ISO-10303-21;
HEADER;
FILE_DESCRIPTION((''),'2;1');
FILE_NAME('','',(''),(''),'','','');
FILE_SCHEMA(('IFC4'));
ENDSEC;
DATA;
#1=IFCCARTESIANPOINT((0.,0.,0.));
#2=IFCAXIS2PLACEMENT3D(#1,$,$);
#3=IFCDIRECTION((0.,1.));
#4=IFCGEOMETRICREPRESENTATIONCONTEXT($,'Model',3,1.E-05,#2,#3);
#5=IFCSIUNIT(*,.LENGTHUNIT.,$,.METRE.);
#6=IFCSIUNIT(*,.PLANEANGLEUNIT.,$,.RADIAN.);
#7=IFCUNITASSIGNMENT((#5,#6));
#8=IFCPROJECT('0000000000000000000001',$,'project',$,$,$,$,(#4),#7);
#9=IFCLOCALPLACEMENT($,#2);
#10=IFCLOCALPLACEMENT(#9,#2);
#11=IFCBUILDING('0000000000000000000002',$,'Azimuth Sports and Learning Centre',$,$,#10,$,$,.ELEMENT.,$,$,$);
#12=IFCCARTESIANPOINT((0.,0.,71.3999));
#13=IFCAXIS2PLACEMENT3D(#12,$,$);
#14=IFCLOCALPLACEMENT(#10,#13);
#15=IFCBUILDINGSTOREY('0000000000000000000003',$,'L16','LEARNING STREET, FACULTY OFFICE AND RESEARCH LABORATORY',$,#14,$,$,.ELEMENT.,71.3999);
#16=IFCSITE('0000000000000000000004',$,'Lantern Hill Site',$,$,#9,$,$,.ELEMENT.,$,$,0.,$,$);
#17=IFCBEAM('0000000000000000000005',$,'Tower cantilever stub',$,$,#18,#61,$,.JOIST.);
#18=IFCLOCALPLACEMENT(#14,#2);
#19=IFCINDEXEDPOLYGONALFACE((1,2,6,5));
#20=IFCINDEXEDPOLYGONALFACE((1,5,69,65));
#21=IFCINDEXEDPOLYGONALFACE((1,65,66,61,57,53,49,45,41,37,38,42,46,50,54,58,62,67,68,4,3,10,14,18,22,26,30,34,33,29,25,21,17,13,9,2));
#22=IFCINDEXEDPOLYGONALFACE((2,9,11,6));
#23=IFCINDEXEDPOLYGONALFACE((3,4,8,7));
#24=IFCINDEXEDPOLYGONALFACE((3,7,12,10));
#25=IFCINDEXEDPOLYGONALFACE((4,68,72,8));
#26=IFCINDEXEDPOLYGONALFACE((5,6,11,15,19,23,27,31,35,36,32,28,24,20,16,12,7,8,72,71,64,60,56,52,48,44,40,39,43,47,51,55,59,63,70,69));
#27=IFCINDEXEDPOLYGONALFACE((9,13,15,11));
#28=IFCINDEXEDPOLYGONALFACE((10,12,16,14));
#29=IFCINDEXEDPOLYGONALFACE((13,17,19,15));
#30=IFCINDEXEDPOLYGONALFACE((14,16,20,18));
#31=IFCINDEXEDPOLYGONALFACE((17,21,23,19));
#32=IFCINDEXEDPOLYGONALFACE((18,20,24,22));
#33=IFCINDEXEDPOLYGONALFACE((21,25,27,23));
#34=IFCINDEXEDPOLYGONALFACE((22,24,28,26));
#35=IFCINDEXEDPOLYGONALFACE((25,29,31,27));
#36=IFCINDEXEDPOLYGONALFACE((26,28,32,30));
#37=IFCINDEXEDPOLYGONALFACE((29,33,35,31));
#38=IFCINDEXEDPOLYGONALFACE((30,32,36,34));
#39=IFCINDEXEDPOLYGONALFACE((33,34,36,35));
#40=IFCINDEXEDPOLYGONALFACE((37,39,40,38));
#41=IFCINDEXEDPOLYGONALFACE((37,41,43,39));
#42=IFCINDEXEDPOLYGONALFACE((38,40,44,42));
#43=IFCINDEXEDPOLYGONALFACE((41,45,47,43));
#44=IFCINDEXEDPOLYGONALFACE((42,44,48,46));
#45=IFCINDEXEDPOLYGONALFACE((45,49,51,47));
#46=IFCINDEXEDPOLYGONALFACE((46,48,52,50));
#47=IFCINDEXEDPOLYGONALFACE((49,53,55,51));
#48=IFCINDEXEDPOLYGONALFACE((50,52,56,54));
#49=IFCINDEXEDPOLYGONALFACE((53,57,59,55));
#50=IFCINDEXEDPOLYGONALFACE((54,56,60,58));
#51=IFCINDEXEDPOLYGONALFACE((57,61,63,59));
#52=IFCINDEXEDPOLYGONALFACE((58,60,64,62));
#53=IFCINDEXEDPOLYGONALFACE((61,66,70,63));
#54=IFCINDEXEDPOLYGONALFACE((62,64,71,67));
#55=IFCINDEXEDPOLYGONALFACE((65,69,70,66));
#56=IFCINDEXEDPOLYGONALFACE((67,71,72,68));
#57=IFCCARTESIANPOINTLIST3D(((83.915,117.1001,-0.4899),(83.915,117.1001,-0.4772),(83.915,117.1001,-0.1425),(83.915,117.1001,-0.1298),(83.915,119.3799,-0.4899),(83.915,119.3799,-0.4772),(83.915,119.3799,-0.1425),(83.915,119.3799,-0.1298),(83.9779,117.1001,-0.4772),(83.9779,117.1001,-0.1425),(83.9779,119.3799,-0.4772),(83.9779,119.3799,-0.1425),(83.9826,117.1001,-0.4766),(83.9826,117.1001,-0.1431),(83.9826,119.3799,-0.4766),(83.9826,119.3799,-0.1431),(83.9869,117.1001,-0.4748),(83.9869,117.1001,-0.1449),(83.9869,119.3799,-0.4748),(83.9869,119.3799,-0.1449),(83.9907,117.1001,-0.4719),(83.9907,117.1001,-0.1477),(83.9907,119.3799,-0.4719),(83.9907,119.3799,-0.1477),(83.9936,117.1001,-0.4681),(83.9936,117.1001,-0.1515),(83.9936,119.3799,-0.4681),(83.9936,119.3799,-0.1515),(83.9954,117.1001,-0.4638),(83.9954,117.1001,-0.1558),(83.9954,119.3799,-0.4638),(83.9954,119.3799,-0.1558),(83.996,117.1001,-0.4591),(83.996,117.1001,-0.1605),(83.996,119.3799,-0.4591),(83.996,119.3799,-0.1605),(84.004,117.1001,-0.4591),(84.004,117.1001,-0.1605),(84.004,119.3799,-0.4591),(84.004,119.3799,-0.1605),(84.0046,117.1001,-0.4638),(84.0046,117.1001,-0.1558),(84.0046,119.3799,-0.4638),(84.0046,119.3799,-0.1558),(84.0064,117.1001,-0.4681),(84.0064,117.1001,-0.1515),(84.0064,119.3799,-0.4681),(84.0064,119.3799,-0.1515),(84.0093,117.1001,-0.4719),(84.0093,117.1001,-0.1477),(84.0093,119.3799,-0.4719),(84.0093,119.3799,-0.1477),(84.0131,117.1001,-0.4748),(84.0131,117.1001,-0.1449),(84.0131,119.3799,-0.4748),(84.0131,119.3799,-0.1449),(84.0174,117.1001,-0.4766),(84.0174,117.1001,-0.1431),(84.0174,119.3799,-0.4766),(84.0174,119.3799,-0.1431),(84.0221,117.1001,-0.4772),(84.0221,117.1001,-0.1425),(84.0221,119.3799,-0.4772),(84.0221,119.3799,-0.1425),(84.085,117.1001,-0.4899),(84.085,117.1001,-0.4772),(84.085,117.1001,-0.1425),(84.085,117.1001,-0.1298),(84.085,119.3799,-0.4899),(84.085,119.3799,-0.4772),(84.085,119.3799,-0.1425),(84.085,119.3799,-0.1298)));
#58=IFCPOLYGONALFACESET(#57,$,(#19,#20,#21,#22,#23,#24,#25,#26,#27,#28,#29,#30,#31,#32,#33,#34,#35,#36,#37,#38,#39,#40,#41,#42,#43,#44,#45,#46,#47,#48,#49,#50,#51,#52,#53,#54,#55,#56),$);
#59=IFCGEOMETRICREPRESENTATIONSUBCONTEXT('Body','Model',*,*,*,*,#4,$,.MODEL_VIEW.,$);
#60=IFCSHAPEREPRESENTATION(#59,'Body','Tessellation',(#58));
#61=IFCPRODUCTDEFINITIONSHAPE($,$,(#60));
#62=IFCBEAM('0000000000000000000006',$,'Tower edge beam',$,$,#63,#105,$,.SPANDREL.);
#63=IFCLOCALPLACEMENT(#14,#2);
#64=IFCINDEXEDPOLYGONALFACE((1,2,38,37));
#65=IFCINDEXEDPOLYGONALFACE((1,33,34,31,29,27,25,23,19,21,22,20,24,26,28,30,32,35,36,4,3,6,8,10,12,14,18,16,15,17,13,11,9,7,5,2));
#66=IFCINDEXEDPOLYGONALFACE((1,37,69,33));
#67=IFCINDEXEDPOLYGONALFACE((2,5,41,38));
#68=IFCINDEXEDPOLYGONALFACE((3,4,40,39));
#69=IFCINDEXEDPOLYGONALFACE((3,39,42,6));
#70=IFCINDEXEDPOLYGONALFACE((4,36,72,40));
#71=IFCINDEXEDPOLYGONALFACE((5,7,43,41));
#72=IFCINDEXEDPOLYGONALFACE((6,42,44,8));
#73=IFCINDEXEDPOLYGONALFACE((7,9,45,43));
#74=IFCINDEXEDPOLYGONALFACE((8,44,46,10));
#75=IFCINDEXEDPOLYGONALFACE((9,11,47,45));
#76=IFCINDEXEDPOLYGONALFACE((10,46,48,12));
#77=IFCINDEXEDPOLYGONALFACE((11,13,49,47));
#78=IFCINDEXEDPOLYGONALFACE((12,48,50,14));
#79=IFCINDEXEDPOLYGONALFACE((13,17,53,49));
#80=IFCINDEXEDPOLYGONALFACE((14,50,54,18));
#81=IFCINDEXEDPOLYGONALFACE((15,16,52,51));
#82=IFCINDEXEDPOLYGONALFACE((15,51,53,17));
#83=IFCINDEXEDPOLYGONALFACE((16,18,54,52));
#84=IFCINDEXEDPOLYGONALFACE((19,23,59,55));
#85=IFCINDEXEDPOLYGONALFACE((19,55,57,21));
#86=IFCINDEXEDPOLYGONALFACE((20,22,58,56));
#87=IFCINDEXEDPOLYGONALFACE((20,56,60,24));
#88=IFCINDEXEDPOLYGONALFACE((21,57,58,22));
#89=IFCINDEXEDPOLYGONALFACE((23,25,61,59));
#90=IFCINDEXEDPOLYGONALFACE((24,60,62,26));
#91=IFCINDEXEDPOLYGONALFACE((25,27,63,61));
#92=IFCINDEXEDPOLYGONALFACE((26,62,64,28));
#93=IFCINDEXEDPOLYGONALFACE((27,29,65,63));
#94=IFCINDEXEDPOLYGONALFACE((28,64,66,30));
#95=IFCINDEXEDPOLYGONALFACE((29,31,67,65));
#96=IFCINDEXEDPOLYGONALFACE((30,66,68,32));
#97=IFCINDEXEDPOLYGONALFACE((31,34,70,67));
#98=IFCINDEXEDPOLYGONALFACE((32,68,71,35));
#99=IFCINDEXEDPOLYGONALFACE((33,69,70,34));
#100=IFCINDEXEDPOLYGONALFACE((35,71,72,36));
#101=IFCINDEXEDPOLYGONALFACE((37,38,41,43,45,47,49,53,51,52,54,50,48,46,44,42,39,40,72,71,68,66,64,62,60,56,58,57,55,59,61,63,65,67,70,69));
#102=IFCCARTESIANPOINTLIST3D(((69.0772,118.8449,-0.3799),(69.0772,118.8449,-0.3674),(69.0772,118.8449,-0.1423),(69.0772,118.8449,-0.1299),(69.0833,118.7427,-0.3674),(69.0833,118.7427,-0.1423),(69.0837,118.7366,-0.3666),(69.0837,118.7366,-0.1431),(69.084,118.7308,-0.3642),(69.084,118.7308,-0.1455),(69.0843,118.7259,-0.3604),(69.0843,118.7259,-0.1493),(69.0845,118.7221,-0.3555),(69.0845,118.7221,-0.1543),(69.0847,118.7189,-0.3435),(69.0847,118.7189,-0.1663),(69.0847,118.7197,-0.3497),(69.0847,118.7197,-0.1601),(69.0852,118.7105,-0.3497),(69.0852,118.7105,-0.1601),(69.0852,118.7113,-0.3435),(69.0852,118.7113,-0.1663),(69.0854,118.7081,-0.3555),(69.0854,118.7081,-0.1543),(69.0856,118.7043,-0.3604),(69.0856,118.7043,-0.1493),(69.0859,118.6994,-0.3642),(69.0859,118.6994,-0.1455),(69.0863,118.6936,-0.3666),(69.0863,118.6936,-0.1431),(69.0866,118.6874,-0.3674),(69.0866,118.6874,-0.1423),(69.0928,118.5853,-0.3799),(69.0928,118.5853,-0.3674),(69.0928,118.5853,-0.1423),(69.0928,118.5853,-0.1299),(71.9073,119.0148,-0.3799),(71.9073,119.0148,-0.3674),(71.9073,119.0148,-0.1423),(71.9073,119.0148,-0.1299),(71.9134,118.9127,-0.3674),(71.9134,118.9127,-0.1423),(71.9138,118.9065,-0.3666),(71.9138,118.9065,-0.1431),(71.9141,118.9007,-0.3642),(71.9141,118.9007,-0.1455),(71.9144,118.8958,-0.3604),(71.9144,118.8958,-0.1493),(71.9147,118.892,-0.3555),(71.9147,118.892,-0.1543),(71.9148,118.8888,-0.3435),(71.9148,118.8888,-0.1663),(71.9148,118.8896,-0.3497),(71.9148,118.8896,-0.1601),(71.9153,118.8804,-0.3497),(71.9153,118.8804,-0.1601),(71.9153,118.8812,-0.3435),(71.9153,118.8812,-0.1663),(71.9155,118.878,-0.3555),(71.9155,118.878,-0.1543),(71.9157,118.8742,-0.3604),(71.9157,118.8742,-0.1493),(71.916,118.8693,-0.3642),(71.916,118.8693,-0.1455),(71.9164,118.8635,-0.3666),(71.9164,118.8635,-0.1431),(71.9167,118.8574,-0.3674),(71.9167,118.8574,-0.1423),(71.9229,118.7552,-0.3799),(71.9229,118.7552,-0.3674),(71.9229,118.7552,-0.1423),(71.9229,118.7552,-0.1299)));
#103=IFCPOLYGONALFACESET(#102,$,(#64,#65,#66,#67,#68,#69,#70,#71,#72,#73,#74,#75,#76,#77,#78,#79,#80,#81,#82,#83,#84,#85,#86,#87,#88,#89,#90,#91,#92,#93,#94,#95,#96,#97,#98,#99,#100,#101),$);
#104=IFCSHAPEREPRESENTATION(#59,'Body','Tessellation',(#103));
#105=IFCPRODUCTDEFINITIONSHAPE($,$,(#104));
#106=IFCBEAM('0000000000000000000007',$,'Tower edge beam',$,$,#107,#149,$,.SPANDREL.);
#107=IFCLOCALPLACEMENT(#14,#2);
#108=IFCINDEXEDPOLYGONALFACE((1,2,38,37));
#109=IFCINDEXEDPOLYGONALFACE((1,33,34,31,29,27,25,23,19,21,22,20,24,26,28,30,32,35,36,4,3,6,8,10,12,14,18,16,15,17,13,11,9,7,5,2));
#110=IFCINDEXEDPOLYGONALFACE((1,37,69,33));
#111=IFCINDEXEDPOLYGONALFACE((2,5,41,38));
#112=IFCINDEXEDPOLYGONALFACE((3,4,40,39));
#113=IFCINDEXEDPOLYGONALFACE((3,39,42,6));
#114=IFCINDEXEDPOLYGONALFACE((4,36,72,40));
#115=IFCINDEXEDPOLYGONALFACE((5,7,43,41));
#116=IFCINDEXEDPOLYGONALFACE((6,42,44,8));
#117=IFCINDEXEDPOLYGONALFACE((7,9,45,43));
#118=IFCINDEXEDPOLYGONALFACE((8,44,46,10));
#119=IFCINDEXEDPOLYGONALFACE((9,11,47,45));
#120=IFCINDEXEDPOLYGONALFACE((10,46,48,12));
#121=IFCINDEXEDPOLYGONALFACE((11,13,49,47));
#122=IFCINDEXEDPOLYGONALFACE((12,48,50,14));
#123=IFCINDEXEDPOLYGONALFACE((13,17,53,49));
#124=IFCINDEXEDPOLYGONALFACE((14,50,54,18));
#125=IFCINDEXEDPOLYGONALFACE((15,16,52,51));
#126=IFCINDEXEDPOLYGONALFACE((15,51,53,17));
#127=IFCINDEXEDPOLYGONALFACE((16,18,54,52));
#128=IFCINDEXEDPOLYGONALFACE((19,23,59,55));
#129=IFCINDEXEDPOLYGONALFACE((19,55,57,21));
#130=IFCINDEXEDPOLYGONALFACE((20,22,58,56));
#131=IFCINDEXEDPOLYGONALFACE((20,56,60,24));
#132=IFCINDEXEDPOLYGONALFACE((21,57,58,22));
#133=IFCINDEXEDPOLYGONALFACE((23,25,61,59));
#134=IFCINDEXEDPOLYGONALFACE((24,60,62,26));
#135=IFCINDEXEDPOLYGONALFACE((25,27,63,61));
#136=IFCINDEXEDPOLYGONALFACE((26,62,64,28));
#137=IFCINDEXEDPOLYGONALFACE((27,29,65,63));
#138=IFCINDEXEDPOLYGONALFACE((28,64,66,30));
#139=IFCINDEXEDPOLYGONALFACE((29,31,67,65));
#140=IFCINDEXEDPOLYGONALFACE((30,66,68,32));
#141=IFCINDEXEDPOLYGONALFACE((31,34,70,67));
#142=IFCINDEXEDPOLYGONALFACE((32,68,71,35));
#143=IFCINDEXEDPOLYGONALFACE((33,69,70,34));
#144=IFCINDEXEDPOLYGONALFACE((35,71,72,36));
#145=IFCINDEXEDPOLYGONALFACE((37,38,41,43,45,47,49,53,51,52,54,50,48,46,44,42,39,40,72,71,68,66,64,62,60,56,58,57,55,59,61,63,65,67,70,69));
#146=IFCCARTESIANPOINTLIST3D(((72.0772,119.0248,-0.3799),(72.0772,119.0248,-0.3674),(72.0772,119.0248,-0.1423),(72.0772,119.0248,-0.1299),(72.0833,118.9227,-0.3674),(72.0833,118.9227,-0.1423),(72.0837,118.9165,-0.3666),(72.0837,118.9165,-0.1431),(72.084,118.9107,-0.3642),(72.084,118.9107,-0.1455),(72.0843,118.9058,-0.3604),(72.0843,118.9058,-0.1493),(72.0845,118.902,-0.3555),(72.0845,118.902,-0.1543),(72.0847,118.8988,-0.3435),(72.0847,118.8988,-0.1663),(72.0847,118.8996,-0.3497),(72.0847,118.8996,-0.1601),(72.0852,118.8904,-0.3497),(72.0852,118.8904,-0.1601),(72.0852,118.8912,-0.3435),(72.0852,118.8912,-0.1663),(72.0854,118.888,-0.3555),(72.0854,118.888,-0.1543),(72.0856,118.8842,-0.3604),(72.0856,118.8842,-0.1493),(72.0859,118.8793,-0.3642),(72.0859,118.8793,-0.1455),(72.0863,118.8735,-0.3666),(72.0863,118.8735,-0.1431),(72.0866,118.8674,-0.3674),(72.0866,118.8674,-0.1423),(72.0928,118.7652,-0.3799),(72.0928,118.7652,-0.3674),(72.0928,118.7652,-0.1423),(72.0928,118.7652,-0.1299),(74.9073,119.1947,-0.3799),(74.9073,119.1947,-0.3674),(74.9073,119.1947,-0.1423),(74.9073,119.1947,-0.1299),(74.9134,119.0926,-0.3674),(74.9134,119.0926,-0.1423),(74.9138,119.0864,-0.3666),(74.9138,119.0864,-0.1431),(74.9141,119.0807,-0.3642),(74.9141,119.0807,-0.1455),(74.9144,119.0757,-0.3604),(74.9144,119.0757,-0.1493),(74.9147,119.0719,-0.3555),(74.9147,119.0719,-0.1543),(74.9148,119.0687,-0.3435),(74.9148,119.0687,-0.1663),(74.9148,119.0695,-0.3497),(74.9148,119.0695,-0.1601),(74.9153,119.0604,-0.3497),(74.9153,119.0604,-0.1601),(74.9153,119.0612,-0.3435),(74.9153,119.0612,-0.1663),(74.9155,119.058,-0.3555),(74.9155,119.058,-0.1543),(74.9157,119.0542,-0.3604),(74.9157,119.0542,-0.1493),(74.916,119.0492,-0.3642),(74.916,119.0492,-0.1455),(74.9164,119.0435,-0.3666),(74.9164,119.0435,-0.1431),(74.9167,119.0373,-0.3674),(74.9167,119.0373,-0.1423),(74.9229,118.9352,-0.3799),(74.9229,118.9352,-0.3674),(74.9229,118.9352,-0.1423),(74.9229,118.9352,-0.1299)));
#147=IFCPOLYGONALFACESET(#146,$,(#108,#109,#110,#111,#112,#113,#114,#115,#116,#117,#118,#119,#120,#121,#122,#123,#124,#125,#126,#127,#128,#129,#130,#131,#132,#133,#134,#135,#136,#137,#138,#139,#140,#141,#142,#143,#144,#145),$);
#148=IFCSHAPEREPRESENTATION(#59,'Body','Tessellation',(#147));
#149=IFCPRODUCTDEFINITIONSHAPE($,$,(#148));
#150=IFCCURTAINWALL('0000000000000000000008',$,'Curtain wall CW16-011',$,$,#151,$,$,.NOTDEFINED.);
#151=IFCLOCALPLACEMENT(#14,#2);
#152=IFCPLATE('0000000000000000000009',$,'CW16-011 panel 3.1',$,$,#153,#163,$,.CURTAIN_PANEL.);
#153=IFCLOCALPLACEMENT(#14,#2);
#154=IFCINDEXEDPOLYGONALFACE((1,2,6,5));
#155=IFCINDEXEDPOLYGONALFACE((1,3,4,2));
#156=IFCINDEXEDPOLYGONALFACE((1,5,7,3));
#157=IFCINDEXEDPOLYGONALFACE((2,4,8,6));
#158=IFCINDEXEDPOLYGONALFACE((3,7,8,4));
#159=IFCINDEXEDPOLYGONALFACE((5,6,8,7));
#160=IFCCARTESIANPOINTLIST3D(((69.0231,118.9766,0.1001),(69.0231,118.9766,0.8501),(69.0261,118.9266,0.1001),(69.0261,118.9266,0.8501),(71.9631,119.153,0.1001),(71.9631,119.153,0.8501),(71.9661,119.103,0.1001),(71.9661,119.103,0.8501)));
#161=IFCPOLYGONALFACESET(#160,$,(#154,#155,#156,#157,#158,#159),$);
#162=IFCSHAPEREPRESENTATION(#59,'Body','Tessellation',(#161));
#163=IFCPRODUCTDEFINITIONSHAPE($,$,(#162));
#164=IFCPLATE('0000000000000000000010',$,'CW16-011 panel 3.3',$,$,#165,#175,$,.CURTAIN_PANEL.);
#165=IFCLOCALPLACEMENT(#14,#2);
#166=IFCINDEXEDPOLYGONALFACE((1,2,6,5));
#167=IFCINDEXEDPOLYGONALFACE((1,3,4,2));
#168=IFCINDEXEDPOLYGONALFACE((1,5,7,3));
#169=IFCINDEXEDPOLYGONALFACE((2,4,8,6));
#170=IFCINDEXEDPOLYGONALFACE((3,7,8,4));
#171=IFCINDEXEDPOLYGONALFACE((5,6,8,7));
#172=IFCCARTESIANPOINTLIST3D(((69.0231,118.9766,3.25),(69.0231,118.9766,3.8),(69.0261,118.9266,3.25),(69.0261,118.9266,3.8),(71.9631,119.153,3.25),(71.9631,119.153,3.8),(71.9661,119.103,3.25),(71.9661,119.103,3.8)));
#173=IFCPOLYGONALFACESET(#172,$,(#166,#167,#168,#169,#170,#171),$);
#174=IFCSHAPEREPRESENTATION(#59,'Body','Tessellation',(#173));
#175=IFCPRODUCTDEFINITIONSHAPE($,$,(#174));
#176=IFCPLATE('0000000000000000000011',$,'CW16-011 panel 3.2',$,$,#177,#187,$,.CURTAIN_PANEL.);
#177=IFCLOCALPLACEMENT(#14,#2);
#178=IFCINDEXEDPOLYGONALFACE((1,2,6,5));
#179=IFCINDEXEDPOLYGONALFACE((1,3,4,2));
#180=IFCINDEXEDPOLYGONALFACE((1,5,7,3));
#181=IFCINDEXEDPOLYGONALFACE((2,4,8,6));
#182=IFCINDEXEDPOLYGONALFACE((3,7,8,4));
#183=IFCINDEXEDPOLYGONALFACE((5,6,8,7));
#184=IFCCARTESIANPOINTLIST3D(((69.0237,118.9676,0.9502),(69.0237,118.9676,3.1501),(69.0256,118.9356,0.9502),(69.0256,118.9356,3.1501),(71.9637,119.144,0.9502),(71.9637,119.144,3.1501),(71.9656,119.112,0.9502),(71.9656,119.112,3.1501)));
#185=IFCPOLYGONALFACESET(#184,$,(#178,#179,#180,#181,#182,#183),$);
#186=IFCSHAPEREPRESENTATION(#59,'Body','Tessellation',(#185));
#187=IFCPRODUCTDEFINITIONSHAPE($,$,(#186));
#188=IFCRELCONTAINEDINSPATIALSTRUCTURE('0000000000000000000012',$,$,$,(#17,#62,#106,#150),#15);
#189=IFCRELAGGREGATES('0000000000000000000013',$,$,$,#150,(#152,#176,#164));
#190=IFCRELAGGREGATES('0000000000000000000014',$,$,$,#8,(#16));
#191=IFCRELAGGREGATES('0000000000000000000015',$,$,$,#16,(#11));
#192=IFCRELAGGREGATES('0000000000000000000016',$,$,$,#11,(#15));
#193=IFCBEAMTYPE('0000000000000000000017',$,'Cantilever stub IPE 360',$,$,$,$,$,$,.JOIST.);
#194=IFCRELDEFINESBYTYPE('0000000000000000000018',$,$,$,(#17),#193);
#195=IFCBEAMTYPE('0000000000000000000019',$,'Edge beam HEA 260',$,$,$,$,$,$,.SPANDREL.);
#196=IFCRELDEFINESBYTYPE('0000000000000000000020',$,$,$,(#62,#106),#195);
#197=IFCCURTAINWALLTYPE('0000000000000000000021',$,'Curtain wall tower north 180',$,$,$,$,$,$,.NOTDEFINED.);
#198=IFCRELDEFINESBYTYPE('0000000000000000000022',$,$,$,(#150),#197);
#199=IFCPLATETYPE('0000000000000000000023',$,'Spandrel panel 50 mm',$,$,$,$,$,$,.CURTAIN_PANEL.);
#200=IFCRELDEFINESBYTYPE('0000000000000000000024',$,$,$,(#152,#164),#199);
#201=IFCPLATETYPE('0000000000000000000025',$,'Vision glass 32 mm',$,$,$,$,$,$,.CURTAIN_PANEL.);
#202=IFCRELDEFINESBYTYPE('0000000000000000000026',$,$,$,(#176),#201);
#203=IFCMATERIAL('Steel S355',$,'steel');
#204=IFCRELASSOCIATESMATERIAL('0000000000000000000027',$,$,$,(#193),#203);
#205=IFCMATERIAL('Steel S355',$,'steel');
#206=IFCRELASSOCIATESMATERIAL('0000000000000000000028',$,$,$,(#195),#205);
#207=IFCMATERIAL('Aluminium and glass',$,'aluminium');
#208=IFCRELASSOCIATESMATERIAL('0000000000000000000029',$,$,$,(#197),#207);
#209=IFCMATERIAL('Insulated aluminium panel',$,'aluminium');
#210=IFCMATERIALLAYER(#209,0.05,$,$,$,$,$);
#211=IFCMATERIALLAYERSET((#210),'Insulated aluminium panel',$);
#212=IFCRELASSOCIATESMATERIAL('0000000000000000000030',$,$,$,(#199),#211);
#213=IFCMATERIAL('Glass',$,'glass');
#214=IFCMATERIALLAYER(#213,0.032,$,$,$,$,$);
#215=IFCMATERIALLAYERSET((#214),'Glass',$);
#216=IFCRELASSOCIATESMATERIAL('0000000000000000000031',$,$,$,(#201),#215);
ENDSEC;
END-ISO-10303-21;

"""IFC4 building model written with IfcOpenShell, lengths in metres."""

from ifc_helpers import new_model, si_unit, direction, frame, origin, origin_2d, place, context, subcontext, project, spatial, rectangle, i_section, extrude, material, layer, layer_set, material_profile, profile_set, type_object, element, aggregate, save


model = new_model("IFC4")

# Units and contexts
model_context = context("Model", 3, precision=1e-05, world=origin(), true_north=direction((0.0, 1.0)))
body_context = subcontext(model_context, "Body", "Model", "MODEL_VIEW")
ifc_project = project(units=[si_unit("LENGTHUNIT", "METRE"), si_unit("PLANEANGLEUNIT", "RADIAN")], contexts=[model_context])

# Site, building, storey
site_placement = place(None, origin())
site = spatial("IfcSite", under=ifc_project, at=site_placement, Name="Lantern Hill Site", CompositionType="ELEMENT", RefElevation=0.0)
building_placement = place(site_placement, origin())
building = spatial("IfcBuilding", under=site, at=building_placement, Name="Azimuth Sports and Learning Centre", CompositionType="ELEMENT")
storey_placement = place(building_placement, frame((0.0, 0.0, 71.3999)))
storey = spatial("IfcBuildingStorey", under=building, at=storey_placement, Name="L16", Description="LEARNING STREET, FACULTY OFFICE AND RESEARCH LABORATORY", CompositionType="ELEMENT", Elevation=71.3999)

# Beams
ifc_material_1 = material(Name="Steel S355", Category="steel")
ifc_material_profile_1 = material_profile(ifc_material_1, i_section(OverallWidth=0.1699, OverallDepth=0.3601, WebThickness=0.0081, FlangeThickness=0.0127, FilletRadius=0.0181, at=origin_2d()), Name="IPE 360")
ifc_profile_set_1 = profile_set([ifc_material_profile_1], Name="Steel S355")
beam_type_1 = type_object("IfcBeamType", Name="Cantilever stub IPE 360", PredefinedType="JOIST", material=ifc_profile_set_1)
beam_1_placement = place(storey_placement, frame((84.0, 117.1001, -0.3098), z_axis=(0.0, 1.0, 0.0), x_axis=(-1.0, 0.0, 0.0)))
element("IfcBeam", 1, at=beam_1_placement, inside=storey, type_object=beam_type_1, Name="Tower cantilever stub", PredefinedType="JOIST", context=body_context, shape_type="SweptSolid", body=[
    extrude(i_section(OverallWidth=0.1699, OverallDepth=0.3601, WebThickness=0.0081, FlangeThickness=0.0127, FilletRadius=0.0181, at=origin_2d()), origin(), (0.0, 0.0, 1.0), 2.2798),
])
ifc_material_2 = material(Name="Steel S355", Category="steel")
ifc_material_profile_2 = material_profile(ifc_material_2, i_section(OverallWidth=0.26, OverallDepth=0.25, WebThickness=0.0076, FlangeThickness=0.0125, FilletRadius=0.0239, at=origin_2d()), Name="HEA 260")
ifc_profile_set_2 = profile_set([ifc_material_profile_2], Name="Steel S355")
beam_type_2 = type_object("IfcBeamType", Name="Edge beam HEA 260", PredefinedType="SPANDREL", material=ifc_profile_set_2)
for number, where, z_axis, x_axis, name in (
    (2, (69.085, 118.7151, -0.2549), (0.998202, 0.059933, 0.0), (-0.059933, 0.998202, 0.0), "Tower edge beam"),
    (3, (72.085, 118.895, -0.2549), (0.998202, 0.059933, 0.0), (-0.059933, 0.998202, 0.0), "Tower edge beam"),
):
    element("IfcBeam", number, at=place(storey_placement, frame(where, z_axis=z_axis, x_axis=x_axis)), inside=storey, type_object=beam_type_2, Name=name, PredefinedType="SPANDREL", context=body_context, shape_type="SweptSolid", body=[
        extrude(i_section(OverallWidth=0.26, OverallDepth=0.25, WebThickness=0.0076, FlangeThickness=0.0125, FilletRadius=0.0239, at=origin_2d()), origin(), (0.0, 0.0, 1.0), 2.8352),
    ])

# Curtain wall, plates
ifc_material_3 = material(Name="Aluminium and glass", Category="aluminium")
curtain_wall_type = type_object("IfcCurtainWallType", Name="Curtain wall tower north 180", PredefinedType="NOTDEFINED", material=ifc_material_3)
curtain_wall_placement = place(storey_placement, origin())
curtain_wall = element("IfcCurtainWall", 4, at=curtain_wall_placement, inside=storey, type_object=curtain_wall_type, Name="Curtain wall CW16-011", PredefinedType="NOTDEFINED")
ifc_material_4 = material(Name="Insulated aluminium panel", Category="aluminium")
ifc_layer_1 = layer(ifc_material_4, 0.05)
ifc_layer_set_1 = layer_set([ifc_layer_1], Name="Insulated aluminium panel")
plate_type_1 = type_object("IfcPlateType", Name="Spandrel panel 50 mm", PredefinedType="CURTAIN_PANEL", material=ifc_layer_set_1)
plate_1_placement = place(storey_placement, frame((70.4946, 119.0398, 0.1001), z_axis=(0.0, 0.0, 1.0), x_axis=(-0.998205, -0.059892, 0.0)))
plate_1 = element("IfcPlate", 5, at=plate_1_placement, type_object=plate_type_1, Name="CW16-011 panel 3.1", PredefinedType="CURTAIN_PANEL", context=body_context, shape_type="SweptSolid", body=[
    extrude(rectangle(XDim=2.9453, YDim=0.05, at=origin_2d()), origin(), (0.0, 0.0, 1.0), 0.75),
])
plate_2_placement = place(storey_placement, frame((70.4946, 119.0398, 3.25), z_axis=(0.0, 0.0, 1.0), x_axis=(-0.998205, -0.059892, 0.0)))
plate_2 = element("IfcPlate", 6, at=plate_2_placement, type_object=plate_type_1, Name="CW16-011 panel 3.3", PredefinedType="CURTAIN_PANEL", context=body_context, shape_type="SweptSolid", body=[
    extrude(rectangle(XDim=2.9453, YDim=0.05, at=origin_2d()), origin(), (0.0, 0.0, 1.0), 0.55),
])
ifc_material_5 = material(Name="Glass", Category="glass")
ifc_layer_2 = layer(ifc_material_5, 0.032)
ifc_layer_set_2 = layer_set([ifc_layer_2], Name="Glass")
plate_type_2 = type_object("IfcPlateType", Name="Vision glass 32 mm", PredefinedType="CURTAIN_PANEL", material=ifc_layer_set_2)
plate_3_placement = place(storey_placement, frame((70.4946, 119.0398, 0.9502), z_axis=(0.0, 0.0, 1.0), x_axis=(-0.998205, -0.059892, 0.0)))
plate_3 = element("IfcPlate", 7, at=plate_3_placement, type_object=plate_type_2, Name="CW16-011 panel 3.2", PredefinedType="CURTAIN_PANEL", context=body_context, shape_type="SweptSolid", body=[
    extrude(rectangle(XDim=2.9453, YDim=0.032, at=origin_2d()), origin(), (0.0, 0.0, 1.0), 2.2),
])
aggregate(curtain_wall, [plate_1, plate_3, plate_2])

save(model, "model.ifc")
